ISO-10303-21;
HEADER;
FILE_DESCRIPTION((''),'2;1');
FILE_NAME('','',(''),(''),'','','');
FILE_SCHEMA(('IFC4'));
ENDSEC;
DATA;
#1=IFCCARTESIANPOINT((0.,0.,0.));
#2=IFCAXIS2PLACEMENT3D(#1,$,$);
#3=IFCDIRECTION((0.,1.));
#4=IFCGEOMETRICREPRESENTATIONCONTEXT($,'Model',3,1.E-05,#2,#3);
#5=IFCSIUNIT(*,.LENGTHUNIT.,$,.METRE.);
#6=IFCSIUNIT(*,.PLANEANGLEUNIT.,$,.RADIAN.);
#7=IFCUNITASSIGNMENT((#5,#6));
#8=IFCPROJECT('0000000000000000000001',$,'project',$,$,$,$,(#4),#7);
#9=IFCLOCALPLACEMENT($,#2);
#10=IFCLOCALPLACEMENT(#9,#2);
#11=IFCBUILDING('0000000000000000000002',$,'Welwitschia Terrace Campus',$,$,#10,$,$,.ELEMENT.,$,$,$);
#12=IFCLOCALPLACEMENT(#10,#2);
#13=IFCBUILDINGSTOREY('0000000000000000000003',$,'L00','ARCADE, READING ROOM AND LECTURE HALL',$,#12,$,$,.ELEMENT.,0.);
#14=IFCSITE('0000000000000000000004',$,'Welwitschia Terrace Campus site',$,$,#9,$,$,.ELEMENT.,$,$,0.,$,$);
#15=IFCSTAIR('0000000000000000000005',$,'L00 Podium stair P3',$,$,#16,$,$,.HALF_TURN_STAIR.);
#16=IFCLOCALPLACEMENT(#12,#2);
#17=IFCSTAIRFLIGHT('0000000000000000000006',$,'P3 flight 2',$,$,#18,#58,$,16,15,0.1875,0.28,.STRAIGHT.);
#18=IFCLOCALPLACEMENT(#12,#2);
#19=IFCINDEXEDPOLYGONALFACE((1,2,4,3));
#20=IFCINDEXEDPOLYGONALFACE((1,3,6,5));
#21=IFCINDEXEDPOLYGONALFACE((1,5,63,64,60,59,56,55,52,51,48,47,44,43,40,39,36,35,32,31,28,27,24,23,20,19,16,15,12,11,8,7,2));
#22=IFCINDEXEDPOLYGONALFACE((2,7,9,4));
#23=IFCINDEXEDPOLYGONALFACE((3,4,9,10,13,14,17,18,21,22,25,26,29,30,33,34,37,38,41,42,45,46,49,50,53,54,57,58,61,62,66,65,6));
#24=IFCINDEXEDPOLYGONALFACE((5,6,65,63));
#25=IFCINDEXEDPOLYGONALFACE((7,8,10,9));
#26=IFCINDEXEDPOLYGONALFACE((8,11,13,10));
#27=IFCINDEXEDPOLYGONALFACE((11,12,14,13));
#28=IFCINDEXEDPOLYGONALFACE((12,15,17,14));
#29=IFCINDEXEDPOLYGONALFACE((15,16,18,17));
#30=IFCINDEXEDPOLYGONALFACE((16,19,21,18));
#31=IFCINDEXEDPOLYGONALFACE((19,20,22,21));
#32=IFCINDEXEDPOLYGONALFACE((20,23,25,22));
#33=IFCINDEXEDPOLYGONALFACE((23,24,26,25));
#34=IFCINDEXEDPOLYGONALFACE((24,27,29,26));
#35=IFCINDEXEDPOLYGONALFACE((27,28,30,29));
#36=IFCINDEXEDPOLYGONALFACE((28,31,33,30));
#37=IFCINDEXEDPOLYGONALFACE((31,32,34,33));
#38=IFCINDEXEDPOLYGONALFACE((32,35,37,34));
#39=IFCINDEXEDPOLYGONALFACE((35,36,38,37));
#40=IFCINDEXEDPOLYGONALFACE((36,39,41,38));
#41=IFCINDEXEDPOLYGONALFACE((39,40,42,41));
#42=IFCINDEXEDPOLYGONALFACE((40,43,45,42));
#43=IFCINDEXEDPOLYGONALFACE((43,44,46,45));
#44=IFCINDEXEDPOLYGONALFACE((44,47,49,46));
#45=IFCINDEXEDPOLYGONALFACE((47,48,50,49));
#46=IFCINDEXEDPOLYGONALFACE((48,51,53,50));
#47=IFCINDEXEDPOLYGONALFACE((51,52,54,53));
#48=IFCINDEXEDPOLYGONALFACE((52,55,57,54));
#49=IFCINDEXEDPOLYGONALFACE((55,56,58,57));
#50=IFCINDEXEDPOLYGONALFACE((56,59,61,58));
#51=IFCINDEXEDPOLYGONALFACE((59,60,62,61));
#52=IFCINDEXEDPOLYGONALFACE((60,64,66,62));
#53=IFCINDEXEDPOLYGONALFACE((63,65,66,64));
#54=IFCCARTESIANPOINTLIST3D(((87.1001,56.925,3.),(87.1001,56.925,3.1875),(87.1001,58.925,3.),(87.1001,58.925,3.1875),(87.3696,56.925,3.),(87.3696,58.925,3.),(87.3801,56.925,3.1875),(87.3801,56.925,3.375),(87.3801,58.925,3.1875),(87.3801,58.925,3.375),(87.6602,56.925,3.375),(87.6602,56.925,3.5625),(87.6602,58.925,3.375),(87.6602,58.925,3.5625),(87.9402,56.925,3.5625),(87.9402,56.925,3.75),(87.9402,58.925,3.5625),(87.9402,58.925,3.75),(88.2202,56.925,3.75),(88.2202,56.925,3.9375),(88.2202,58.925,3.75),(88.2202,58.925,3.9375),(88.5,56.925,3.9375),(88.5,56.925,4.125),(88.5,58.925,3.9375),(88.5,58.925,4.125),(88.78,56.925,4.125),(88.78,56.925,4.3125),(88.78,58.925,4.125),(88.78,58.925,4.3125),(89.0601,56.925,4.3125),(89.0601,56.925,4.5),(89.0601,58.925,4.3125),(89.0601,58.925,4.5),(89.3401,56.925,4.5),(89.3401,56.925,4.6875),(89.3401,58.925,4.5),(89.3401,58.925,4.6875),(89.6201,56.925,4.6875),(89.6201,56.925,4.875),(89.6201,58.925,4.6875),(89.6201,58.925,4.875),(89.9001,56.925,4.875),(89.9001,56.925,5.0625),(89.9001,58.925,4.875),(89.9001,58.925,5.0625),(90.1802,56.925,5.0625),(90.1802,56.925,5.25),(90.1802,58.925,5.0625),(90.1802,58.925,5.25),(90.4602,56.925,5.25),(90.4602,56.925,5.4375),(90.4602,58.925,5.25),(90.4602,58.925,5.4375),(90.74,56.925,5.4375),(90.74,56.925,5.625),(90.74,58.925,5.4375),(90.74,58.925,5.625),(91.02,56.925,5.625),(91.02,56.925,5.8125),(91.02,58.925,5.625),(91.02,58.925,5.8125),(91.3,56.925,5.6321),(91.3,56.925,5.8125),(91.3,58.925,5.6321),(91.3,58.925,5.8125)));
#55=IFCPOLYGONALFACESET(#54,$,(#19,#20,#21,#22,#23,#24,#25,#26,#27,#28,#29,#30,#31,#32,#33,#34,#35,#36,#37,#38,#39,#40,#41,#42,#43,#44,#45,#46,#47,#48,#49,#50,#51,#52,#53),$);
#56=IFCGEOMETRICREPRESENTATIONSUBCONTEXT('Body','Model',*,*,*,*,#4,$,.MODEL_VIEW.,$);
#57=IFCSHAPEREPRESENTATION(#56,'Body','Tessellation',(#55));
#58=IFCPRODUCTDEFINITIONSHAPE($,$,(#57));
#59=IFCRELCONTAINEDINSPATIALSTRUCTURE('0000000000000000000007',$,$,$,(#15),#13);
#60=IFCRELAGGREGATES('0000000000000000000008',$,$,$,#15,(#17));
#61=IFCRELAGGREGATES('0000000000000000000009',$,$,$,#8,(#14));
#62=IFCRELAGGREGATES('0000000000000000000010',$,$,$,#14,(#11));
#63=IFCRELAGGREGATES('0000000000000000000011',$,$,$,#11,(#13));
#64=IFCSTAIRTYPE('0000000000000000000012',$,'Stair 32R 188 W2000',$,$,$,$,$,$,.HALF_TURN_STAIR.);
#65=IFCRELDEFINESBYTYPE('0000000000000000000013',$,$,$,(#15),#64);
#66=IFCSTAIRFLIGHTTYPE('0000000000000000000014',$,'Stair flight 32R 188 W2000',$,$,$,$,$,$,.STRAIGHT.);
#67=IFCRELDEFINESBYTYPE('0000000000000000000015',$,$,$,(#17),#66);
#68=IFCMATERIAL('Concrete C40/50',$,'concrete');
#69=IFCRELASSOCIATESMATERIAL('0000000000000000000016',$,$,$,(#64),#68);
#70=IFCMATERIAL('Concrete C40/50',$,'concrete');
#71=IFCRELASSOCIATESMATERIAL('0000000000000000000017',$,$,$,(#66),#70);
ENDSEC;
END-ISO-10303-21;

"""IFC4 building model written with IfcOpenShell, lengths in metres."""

from ifc_helpers import new_model, si_unit, direction, frame, origin, place, context, subcontext, project, spatial, polyline, outline, extrude, material, type_object, element, aggregate, save


model = new_model("IFC4")

# Units and contexts
model_context = context("Model", 3, precision=1e-05, world=origin(), true_north=direction((0.0, 1.0)))
body_context = subcontext(model_context, "Body", "Model", "MODEL_VIEW")
ifc_project = project(units=[si_unit("LENGTHUNIT", "METRE"), si_unit("PLANEANGLEUNIT", "RADIAN")], contexts=[model_context])

# Site, building, storey
site_placement = place(None, origin())
site = spatial("IfcSite", under=ifc_project, at=site_placement, Name="Welwitschia Terrace Campus site", CompositionType="ELEMENT", RefElevation=0.0)
building_placement = place(site_placement, origin())
building = spatial("IfcBuilding", under=site, at=building_placement, Name="Welwitschia Terrace Campus", CompositionType="ELEMENT")
storey_placement = place(building_placement, origin())
storey = spatial("IfcBuildingStorey", under=building, at=storey_placement, Name="L00", Description="ARCADE, READING ROOM AND LECTURE HALL", CompositionType="ELEMENT", Elevation=0.0)

# Stair, stair flight
ifc_material_1 = material(Name="Concrete C40/50", Category="concrete")
stair_type = type_object("IfcStairType", Name="Stair 32R 188 W2000", PredefinedType="HALF_TURN_STAIR", material=ifc_material_1)
stair_placement = place(storey_placement, origin())
stair = element("IfcStair", 1, at=stair_placement, inside=storey, type_object=stair_type, Name="L00 Podium stair P3", PredefinedType="HALF_TURN_STAIR")
ifc_material_2 = material(Name="Concrete C40/50", Category="concrete")
stair_flight_type = type_object("IfcStairFlightType", Name="Stair flight 32R 188 W2000", PredefinedType="STRAIGHT", material=ifc_material_2)
stair_flight_1_placement = place(storey_placement, frame((87.1001, 57.925, 3.0), z_axis=(0.0, 0.0, 1.0), x_axis=(1.0, 0.0, 0.0)))
stair_flight_1 = element("IfcStairFlight", 2, at=stair_flight_1_placement, type_object=stair_flight_type, Name="P3 flight 2", NumberOfRisers=16, NumberOfTreads=15, PredefinedType="STRAIGHT", RiserHeight=0.1875, TreadLength=0.28, context=body_context, shape_type="SweptSolid", body=[
    extrude(outline(polyline([(0.0, 0.0), (0.0, 0.1875), (0.28, 0.1875), (0.28, 0.375), (0.5601, 0.375), (0.5601, 0.5625), (0.8401, 0.5625), (0.8401, 0.75), (1.1201, 0.75), (1.1201, 0.9375), (1.3999, 0.9375), (1.3999, 1.125), (1.6799, 1.125), (1.6799, 1.3125), (1.96, 1.3125), (1.96, 1.5), (2.24, 1.5), (2.24, 1.6875), (2.52, 1.6875), (2.52, 1.875), (2.8, 1.875), (2.8, 2.0625), (3.0801, 2.0625), (3.0801, 2.25), (3.3601, 2.25), (3.3601, 2.4375), (3.6399, 2.4375), (3.6399, 2.625), (3.9199, 2.625), (3.9199, 2.8125), (4.2, 2.8125), (4.2, 3.0), (4.2, 2.6321), (0.2695, 0.0), (0.0, 0.0)])), frame((0.0, 1.0, 0.0), z_axis=(0.0, -1.0, 0.0), x_axis=(1.0, 0.0, 0.0)), (0.0, 0.0, 1.0), 2.0),
])
aggregate(stair, [stair_flight_1])

save(model, "model.ifc")
